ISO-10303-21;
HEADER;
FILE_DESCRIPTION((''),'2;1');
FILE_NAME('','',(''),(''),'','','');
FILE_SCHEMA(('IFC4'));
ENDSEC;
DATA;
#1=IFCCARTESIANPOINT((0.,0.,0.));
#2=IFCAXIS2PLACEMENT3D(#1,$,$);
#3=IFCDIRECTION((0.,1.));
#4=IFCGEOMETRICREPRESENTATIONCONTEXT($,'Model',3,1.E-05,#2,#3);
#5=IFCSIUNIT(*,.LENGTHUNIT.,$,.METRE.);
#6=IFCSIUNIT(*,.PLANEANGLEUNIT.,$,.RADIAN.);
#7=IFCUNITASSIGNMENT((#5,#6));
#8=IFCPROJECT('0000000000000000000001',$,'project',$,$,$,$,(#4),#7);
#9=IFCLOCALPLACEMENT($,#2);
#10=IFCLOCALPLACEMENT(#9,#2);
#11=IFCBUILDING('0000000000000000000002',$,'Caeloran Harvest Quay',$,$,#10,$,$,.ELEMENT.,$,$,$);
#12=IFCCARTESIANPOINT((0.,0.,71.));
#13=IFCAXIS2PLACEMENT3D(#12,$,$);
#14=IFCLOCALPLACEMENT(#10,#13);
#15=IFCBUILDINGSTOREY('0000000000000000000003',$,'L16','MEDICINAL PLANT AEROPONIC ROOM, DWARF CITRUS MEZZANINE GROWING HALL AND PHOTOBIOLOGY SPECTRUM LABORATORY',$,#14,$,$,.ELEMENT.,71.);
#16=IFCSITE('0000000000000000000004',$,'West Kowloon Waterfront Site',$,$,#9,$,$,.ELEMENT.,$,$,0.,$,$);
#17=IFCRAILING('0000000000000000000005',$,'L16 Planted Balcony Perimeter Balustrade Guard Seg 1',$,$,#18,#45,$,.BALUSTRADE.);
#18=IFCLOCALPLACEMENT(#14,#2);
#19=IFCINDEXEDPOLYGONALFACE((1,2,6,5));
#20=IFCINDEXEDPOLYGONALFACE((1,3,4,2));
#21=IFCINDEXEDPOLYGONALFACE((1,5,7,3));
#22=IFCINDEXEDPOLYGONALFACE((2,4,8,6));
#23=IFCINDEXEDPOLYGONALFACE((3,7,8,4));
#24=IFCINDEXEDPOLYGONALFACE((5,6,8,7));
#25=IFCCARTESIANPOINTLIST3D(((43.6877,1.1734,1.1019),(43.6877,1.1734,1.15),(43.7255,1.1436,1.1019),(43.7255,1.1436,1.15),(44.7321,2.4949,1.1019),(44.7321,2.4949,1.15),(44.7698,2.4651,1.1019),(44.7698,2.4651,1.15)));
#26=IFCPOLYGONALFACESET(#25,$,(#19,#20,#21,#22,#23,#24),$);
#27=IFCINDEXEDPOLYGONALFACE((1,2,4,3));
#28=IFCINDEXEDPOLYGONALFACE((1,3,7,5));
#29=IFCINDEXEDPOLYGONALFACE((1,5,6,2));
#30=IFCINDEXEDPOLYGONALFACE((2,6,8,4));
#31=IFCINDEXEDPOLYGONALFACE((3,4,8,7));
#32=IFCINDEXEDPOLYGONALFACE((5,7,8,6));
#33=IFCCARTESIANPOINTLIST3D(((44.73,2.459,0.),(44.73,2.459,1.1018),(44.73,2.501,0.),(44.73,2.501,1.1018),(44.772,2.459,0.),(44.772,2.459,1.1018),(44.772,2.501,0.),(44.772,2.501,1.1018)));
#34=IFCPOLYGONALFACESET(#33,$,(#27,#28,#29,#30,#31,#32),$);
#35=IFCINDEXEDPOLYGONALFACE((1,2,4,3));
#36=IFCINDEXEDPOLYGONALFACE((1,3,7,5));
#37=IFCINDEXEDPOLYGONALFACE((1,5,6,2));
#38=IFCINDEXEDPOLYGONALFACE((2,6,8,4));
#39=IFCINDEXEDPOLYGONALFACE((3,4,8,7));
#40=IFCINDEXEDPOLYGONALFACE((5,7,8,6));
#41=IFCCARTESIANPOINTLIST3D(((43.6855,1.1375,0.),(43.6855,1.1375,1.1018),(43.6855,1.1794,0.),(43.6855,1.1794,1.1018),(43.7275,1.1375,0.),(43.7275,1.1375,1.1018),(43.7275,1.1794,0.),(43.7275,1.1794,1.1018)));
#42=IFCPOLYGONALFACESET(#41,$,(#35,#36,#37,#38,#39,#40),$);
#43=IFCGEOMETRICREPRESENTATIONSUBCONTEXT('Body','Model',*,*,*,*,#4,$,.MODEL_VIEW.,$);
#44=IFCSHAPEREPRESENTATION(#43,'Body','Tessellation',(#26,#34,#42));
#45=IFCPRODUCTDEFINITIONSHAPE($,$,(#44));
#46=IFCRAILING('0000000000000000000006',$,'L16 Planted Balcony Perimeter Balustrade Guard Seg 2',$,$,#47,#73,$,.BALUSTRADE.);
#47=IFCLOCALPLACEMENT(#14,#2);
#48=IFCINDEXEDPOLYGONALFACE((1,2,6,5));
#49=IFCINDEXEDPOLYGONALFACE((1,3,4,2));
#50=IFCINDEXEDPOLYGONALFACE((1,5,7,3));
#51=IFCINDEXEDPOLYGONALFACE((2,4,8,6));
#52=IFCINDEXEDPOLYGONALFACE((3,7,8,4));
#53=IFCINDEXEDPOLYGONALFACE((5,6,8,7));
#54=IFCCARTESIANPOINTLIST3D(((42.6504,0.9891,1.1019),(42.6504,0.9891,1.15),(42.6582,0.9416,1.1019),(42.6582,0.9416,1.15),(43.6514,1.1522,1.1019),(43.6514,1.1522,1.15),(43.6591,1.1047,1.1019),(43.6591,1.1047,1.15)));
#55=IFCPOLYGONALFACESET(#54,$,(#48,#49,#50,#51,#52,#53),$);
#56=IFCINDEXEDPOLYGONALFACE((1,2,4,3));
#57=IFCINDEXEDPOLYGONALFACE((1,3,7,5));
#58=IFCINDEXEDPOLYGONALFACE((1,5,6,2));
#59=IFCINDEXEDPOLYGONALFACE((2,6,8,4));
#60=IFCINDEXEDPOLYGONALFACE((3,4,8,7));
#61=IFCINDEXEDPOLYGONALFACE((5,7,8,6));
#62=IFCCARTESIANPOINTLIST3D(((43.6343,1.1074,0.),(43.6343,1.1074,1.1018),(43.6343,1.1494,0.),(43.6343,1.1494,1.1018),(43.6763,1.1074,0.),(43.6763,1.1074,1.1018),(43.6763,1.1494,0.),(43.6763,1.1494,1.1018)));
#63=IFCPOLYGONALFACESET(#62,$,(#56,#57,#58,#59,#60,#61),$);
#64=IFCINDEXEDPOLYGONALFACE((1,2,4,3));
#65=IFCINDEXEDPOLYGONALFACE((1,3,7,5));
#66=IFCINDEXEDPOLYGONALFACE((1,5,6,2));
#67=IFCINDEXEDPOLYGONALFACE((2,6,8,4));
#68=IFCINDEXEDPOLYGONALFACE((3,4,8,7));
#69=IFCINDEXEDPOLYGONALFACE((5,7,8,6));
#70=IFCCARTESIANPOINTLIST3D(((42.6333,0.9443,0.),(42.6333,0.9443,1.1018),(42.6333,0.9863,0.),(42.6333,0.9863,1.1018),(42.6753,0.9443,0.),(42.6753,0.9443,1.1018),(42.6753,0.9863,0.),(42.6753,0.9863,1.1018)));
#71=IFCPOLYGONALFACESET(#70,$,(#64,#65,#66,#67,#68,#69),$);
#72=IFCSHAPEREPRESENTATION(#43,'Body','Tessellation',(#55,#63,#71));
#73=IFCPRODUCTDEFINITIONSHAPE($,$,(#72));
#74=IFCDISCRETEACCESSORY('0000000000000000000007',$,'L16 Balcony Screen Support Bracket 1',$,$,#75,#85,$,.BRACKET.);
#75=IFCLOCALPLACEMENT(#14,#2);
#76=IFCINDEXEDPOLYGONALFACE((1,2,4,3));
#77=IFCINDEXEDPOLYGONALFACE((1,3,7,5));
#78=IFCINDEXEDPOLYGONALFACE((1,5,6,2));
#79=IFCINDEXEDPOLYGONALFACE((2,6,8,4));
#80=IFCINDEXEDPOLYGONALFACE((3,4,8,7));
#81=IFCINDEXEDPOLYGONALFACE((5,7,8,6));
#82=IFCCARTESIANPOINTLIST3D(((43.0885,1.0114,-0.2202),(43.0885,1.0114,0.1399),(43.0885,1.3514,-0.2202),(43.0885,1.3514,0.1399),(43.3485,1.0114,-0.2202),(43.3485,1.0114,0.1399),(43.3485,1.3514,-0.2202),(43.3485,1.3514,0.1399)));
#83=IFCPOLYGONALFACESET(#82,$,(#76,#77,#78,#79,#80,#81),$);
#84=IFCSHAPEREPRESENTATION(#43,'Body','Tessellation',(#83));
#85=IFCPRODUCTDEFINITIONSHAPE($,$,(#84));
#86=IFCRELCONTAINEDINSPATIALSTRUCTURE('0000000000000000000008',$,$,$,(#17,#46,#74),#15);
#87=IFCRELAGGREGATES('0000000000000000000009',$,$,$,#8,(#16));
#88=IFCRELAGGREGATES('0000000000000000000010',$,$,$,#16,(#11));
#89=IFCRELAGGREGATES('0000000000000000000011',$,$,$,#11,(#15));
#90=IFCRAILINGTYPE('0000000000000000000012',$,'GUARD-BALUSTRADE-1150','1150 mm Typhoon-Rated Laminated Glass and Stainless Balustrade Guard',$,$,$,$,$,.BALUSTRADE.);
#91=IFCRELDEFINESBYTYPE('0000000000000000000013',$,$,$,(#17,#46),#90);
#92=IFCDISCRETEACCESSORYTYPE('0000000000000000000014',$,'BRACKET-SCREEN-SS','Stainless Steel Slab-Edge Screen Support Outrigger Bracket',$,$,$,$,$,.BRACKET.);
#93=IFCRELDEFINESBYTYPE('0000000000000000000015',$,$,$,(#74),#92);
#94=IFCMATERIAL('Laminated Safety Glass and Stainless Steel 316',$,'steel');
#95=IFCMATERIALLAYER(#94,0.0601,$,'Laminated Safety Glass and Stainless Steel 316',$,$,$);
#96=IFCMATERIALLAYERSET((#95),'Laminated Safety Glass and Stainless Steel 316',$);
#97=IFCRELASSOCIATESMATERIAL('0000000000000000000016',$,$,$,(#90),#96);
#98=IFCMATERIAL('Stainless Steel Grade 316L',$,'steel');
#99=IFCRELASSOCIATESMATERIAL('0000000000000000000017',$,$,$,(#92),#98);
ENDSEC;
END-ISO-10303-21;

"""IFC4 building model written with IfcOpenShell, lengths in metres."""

from ifc_helpers import new_model, si_unit, direction, frame, origin, origin_2d, place, context, subcontext, project, spatial, rectangle, extrude, material, layer, layer_set, type_object, element, save


model = new_model("IFC4")

# Units and contexts
model_context = context("Model", 3, precision=1e-05, world=origin(), true_north=direction((0.0, 1.0)))
body_context = subcontext(model_context, "Body", "Model", "MODEL_VIEW")
ifc_project = project(units=[si_unit("LENGTHUNIT", "METRE"), si_unit("PLANEANGLEUNIT", "RADIAN")], contexts=[model_context])

# Site, building, storey
site_placement = place(None, origin())
site = spatial("IfcSite", under=ifc_project, at=site_placement, Name="West Kowloon Waterfront Site", CompositionType="ELEMENT", RefElevation=0.0)
building_placement = place(site_placement, origin())
building = spatial("IfcBuilding", under=site, at=building_placement, Name="Caeloran Harvest Quay", CompositionType="ELEMENT")
storey_placement = place(building_placement, frame((0.0, 0.0, 71.0)))
storey = spatial("IfcBuildingStorey", under=building, at=storey_placement, Name="L16", Description="MEDICINAL PLANT AEROPONIC ROOM, DWARF CITRUS MEZZANINE GROWING HALL AND PHOTOBIOLOGY SPECTRUM LABORATORY", CompositionType="ELEMENT", Elevation=71.0)

# Railings
ifc_material_1 = material(Name="Laminated Safety Glass and Stainless Steel 316", Category="steel")
ifc_layer_1 = layer(ifc_material_1, 0.0601, Name="Laminated Safety Glass and Stainless Steel 316")
ifc_layer_set_1 = layer_set([ifc_layer_1], Name="Laminated Safety Glass and Stainless Steel 316")
railing_type = type_object("IfcRailingType", Name="GUARD-BALUSTRADE-1150", Description="1150 mm Typhoon-Rated Laminated Glass and Stainless Balustrade Guard", PredefinedType="BALUSTRADE", material=ifc_layer_set_1)
railing_1_placement = place(storey_placement, frame((44.751, 2.48, 0.0)))
element("IfcRailing", 1, at=railing_1_placement, inside=storey, type_object=railing_type, Name="L16 Planted Balcony Perimeter Balustrade Guard Seg 1", PredefinedType="BALUSTRADE", context=body_context, shape_type="SweptSolid", body=[
    extrude(rectangle(XDim=0.0481, YDim=0.0481, at=origin_2d()), frame((0.0, 0.0, 1.126), z_axis=(-0.620053, -0.78456, 0.0), x_axis=(0.78456, -0.620053, 0.0)), (0.0, 0.0, 1.0), 1.6843),
    extrude(rectangle(XDim=0.042, YDim=0.042, at=origin_2d()), origin(), (0.0, 0.0, 1.0), 1.1018),
    extrude(rectangle(XDim=0.042, YDim=0.042, at=origin_2d()), frame((-1.0444, -1.3215, 0.0)), (0.0, 0.0, 1.0), 1.1018),
])
railing_2_placement = place(storey_placement, frame((43.6553, 1.1284, 0.0)))
element("IfcRailing", 2, at=railing_2_placement, inside=storey, type_object=railing_type, Name="L16 Planted Balcony Perimeter Balustrade Guard Seg 2", PredefinedType="BALUSTRADE", context=body_context, shape_type="SweptSolid", body=[
    extrude(rectangle(XDim=0.0481, YDim=0.0481, at=origin_2d()), frame((0.0, 0.0, 1.126), z_axis=(-0.986986, -0.160806, 0.0), x_axis=(0.160806, -0.986986, 0.0)), (0.0, 0.0, 1.0), 1.0142),
    extrude(rectangle(XDim=0.042, YDim=0.042, at=origin_2d()), origin(), (0.0, 0.0, 1.0), 1.1018),
    extrude(rectangle(XDim=0.042, YDim=0.042, at=origin_2d()), frame((-1.001, -0.1631, 0.0)), (0.0, 0.0, 1.0), 1.1018),
])

# Discrete accessory
ifc_material_2 = material(Name="Stainless Steel Grade 316L", Category="steel")
discrete_accessory_type = type_object("IfcDiscreteAccessoryType", Name="BRACKET-SCREEN-SS", Description="Stainless Steel Slab-Edge Screen Support Outrigger Bracket", PredefinedType="BRACKET", material=ifc_material_2)
discrete_accessory_placement = place(storey_placement, frame((43.2185, 1.1814, -0.2202), z_axis=(0.0, 0.0, 1.0), x_axis=(1.0, 0.0, 0.0)))
element("IfcDiscreteAccessory", 3, at=discrete_accessory_placement, inside=storey, type_object=discrete_accessory_type, Name="L16 Balcony Screen Support Bracket 1", PredefinedType="BRACKET", context=body_context, shape_type="SweptSolid", body=[
    extrude(rectangle(XDim=0.26, YDim=0.3401, at=origin_2d()), origin(), (0.0, 0.0, 1.0), 0.3601),
])

save(model, "model.ifc")
